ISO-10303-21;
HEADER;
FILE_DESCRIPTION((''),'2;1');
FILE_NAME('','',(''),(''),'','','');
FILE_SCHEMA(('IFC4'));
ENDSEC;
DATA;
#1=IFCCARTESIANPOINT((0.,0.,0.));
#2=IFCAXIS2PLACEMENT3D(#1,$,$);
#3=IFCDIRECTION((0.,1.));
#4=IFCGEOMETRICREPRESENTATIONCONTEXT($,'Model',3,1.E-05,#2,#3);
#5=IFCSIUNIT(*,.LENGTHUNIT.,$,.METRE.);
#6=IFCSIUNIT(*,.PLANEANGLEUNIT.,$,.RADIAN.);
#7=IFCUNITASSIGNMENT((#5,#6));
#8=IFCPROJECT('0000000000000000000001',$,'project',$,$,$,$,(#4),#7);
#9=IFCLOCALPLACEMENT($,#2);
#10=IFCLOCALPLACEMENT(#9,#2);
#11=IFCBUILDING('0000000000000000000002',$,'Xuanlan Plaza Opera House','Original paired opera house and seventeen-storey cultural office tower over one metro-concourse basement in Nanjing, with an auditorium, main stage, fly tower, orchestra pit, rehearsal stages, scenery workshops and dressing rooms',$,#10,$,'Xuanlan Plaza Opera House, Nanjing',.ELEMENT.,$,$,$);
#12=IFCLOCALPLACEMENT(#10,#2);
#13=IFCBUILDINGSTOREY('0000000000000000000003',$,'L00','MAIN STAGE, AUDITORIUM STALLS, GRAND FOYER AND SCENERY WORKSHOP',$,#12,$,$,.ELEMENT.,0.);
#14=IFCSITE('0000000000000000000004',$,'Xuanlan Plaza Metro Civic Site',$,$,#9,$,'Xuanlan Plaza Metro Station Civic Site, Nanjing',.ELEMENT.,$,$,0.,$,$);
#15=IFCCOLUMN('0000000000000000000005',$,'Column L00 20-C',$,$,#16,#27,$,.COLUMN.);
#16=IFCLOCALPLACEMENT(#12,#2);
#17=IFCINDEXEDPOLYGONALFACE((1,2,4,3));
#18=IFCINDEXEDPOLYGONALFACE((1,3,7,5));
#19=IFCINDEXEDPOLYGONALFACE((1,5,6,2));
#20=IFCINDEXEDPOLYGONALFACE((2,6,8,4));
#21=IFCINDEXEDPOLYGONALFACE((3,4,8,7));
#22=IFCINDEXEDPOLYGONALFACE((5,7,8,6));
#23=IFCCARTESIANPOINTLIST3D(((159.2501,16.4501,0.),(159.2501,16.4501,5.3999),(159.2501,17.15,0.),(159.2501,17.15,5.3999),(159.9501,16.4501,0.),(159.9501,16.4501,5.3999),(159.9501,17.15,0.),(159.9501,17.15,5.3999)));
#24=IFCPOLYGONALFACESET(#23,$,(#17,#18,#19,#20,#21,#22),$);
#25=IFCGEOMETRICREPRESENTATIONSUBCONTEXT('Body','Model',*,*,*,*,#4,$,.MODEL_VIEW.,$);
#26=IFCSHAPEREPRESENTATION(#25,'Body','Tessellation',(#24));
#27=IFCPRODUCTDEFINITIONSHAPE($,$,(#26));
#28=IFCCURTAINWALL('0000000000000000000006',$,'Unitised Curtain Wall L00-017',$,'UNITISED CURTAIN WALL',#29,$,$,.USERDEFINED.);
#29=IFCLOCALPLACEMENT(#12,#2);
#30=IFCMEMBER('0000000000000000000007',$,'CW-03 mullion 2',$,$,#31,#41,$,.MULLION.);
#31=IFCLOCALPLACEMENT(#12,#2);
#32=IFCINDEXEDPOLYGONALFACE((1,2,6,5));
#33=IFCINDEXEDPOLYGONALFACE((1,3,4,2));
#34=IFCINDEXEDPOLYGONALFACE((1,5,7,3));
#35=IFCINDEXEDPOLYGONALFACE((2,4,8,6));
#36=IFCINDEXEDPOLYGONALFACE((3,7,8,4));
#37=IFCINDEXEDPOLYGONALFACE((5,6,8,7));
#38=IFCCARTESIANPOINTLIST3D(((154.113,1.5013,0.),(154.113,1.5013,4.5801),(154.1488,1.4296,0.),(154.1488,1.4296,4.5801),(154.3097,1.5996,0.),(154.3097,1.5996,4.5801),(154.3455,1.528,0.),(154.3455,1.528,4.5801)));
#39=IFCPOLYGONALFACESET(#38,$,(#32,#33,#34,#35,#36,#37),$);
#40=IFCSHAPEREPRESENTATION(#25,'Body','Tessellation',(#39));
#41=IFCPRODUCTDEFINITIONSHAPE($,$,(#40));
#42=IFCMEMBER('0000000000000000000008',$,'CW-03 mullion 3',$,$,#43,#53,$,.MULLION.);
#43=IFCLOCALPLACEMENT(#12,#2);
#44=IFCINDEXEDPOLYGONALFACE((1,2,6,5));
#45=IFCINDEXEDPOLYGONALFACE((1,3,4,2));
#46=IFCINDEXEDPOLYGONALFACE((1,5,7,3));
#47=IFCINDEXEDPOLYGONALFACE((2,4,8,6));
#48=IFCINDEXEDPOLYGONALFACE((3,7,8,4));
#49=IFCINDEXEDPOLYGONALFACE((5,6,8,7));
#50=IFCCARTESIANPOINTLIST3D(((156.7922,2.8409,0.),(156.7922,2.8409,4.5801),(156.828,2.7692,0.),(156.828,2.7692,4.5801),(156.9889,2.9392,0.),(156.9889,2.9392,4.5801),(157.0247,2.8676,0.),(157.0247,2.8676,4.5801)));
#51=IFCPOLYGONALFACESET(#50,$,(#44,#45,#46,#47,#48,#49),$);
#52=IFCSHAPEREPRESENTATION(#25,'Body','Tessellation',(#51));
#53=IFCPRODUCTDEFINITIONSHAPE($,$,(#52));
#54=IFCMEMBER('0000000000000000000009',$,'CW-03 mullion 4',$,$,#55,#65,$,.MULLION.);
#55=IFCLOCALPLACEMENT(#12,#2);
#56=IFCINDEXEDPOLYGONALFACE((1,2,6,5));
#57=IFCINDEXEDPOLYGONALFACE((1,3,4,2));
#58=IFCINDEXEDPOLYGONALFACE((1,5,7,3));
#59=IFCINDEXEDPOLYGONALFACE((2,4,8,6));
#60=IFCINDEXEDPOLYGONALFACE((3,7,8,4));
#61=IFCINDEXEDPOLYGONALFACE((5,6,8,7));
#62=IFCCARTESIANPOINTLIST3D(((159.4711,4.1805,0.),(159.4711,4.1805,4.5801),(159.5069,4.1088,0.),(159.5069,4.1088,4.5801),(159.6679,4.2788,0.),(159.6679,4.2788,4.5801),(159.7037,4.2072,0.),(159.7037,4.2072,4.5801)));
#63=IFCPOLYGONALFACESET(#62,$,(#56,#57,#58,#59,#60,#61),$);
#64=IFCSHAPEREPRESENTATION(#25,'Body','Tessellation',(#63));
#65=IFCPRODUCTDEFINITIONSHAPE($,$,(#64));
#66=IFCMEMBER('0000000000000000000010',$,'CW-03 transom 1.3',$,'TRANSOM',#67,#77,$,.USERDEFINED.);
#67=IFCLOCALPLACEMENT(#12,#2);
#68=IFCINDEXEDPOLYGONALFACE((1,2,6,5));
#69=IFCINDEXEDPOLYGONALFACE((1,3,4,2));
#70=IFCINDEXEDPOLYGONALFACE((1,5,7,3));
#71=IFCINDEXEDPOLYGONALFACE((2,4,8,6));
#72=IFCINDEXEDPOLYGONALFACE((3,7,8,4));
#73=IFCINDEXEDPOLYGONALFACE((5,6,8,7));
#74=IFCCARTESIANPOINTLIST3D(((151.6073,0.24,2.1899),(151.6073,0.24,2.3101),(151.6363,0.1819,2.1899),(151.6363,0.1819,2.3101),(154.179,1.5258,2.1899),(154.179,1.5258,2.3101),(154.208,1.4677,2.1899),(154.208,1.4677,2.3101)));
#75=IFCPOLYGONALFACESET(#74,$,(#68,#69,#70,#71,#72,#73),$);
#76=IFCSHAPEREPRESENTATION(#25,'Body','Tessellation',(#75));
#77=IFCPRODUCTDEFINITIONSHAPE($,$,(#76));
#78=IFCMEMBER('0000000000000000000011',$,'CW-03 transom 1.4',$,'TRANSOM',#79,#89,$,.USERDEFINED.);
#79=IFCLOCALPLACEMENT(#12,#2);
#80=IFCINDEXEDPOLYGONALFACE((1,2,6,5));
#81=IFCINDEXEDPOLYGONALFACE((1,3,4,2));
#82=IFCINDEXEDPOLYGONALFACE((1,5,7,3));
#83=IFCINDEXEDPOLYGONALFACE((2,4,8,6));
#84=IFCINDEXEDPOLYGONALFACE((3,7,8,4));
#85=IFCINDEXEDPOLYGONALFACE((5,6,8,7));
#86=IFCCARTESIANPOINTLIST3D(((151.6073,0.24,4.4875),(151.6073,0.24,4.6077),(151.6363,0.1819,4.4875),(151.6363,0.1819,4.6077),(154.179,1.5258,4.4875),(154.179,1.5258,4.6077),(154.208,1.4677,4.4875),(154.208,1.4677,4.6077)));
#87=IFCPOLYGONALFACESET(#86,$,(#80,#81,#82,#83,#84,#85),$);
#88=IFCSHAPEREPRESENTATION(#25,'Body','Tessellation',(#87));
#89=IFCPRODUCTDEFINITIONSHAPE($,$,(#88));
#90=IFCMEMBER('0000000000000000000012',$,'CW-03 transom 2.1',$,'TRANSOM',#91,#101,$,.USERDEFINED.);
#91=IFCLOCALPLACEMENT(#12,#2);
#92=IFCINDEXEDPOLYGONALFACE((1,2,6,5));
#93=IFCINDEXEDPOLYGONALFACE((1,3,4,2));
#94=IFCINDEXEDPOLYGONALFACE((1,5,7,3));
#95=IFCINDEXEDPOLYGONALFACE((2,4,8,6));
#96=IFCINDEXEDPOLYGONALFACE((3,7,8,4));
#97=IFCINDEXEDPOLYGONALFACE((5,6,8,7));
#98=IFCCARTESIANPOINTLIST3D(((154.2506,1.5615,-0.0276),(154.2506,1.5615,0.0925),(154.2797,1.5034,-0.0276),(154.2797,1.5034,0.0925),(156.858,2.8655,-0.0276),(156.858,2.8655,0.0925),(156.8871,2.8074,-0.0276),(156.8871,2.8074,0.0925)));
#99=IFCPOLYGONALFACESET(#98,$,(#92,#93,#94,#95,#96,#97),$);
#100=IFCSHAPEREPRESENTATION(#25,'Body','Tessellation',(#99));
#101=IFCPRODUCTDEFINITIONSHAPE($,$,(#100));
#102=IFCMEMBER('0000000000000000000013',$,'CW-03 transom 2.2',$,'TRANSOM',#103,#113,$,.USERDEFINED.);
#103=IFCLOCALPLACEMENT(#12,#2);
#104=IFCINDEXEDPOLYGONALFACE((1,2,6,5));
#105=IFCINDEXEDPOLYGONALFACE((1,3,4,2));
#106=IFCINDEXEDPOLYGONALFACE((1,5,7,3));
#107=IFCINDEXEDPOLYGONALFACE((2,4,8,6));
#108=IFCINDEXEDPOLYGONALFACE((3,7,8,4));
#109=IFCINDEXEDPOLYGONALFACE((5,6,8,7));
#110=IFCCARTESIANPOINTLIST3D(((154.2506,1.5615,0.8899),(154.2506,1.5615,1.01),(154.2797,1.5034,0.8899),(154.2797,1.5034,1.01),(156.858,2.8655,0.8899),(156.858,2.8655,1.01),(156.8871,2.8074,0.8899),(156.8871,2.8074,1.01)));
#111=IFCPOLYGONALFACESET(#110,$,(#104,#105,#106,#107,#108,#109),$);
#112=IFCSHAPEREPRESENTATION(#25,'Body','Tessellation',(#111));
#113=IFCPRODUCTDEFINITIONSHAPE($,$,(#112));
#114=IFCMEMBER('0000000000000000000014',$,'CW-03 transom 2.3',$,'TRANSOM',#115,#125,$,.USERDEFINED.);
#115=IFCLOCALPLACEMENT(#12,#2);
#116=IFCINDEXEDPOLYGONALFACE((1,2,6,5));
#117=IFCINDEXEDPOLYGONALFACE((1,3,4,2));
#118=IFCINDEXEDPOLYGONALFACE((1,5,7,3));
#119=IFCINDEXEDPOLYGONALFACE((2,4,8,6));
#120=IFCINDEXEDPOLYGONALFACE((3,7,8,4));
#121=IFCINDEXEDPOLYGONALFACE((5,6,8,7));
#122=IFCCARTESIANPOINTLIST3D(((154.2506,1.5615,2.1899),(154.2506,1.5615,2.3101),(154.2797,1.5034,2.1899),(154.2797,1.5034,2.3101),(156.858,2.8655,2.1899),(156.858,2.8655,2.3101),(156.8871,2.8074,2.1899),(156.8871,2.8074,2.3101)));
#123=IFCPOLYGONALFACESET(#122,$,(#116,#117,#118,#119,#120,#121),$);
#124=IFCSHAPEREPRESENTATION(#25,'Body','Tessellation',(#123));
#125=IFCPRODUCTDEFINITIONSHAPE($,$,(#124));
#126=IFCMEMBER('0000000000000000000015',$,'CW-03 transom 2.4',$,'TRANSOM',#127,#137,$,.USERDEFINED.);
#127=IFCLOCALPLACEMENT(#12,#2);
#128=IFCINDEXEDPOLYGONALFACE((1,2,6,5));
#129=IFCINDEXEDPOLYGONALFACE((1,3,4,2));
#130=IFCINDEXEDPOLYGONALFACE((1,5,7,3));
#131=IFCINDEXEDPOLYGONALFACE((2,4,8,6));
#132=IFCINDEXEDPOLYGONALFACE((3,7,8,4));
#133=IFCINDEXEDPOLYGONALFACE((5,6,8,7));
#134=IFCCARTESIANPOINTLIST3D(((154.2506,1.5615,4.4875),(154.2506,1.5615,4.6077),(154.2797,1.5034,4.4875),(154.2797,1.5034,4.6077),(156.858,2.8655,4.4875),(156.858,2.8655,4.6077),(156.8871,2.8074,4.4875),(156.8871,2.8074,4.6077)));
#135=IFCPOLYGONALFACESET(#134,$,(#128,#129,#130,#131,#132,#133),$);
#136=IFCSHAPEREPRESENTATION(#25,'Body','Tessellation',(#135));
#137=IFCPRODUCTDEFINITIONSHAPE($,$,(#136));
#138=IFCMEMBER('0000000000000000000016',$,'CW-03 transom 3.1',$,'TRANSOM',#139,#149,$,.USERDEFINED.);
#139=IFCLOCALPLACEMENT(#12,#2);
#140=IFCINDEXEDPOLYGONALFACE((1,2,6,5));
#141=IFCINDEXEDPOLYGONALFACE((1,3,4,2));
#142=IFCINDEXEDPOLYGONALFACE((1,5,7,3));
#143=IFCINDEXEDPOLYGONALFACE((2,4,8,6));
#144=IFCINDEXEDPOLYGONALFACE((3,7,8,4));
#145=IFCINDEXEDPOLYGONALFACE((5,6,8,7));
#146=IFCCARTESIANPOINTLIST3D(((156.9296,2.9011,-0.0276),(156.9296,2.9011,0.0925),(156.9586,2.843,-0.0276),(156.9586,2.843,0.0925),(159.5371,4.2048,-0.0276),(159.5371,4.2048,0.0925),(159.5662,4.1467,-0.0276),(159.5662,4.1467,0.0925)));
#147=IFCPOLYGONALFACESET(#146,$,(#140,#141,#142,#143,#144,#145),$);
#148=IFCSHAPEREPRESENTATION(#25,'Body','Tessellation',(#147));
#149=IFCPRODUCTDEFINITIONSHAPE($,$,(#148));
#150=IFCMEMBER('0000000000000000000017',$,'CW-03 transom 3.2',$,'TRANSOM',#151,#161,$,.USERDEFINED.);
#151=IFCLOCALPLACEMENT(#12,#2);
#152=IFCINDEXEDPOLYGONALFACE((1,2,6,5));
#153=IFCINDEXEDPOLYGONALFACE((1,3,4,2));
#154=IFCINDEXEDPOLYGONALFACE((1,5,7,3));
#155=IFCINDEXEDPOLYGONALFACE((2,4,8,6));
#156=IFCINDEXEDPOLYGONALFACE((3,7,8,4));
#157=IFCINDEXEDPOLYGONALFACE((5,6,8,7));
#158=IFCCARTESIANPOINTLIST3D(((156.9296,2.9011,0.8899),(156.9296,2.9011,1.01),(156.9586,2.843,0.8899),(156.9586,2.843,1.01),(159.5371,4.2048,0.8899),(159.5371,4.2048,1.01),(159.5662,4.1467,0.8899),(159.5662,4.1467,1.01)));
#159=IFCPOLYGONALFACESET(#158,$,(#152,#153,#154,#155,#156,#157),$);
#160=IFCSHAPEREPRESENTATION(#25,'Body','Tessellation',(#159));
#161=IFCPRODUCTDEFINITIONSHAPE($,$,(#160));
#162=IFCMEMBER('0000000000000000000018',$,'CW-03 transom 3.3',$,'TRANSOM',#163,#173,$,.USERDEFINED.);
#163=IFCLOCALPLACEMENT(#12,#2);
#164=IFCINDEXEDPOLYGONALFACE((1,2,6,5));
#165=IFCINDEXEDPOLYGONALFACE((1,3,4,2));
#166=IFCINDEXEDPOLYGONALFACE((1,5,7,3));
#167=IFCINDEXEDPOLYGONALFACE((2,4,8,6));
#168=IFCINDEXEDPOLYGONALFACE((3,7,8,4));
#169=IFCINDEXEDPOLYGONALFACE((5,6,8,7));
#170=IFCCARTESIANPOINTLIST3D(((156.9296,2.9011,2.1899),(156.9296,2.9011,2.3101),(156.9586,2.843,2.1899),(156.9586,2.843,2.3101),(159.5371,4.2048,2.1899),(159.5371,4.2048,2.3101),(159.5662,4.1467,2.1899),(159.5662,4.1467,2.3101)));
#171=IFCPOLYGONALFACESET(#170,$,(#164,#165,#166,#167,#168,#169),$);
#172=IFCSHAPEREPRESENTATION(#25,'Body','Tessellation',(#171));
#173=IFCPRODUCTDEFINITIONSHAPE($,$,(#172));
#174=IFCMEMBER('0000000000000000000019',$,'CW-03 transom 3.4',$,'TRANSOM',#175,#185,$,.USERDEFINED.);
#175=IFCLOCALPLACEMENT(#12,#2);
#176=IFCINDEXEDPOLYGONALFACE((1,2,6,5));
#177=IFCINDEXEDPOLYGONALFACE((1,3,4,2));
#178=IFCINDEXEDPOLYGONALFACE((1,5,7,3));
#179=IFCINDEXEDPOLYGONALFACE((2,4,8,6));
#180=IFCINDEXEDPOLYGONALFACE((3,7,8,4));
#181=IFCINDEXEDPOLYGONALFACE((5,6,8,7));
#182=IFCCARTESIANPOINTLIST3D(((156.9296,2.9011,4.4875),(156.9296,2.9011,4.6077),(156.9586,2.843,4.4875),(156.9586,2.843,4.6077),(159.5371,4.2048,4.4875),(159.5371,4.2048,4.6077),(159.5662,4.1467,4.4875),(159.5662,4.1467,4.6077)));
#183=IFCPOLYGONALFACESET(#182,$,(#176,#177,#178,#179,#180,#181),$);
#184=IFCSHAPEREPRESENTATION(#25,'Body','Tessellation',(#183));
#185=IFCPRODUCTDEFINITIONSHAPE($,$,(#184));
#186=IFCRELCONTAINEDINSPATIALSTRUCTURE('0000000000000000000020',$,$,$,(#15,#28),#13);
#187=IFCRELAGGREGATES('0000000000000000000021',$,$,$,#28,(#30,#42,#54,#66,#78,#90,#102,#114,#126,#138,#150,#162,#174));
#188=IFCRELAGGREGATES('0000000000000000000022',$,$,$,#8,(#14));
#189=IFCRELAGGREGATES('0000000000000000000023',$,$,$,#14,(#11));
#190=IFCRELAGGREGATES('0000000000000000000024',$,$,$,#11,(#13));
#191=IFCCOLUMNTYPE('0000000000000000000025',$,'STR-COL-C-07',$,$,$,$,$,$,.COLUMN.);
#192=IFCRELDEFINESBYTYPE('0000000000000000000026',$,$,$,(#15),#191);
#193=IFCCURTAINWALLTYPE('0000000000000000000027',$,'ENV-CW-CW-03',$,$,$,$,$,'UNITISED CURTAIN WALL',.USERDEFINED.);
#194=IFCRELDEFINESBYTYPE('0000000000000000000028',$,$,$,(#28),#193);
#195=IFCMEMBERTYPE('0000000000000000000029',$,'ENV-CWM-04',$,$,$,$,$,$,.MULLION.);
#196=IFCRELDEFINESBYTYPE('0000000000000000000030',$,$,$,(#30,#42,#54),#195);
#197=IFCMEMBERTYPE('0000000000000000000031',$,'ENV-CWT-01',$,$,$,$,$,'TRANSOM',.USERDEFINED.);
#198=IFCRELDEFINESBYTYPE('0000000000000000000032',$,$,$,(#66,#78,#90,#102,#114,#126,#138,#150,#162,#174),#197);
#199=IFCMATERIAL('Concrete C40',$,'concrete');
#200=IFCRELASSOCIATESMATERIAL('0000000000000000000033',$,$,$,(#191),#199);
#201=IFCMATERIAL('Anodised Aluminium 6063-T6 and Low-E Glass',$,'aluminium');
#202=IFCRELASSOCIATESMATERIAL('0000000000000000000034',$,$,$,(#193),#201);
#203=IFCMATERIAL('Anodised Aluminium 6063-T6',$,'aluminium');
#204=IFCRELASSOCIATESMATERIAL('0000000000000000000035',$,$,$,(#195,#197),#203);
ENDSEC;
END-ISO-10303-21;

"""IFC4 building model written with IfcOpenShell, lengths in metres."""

from ifc_helpers import new_model, si_unit, direction, frame, origin, origin_2d, place, context, subcontext, project, spatial, rectangle, extrude, material, material_profile, profile_set, type_object, element, aggregate, save


model = new_model("IFC4")

# Units and contexts
model_context = context("Model", 3, precision=1e-05, world=origin(), true_north=direction((0.0, 1.0)))
body_context = subcontext(model_context, "Body", "Model", "MODEL_VIEW")
ifc_project = project(units=[si_unit("LENGTHUNIT", "METRE"), si_unit("PLANEANGLEUNIT", "RADIAN")], contexts=[model_context])

# Site, building, storey
site_placement = place(None, origin())
site = spatial("IfcSite", under=ifc_project, at=site_placement, Name="Xuanlan Plaza Metro Civic Site", LongName="Xuanlan Plaza Metro Station Civic Site, Nanjing", CompositionType="ELEMENT", RefElevation=0.0)
building_placement = place(site_placement, origin())
building = spatial("IfcBuilding", under=site, at=building_placement, Name="Xuanlan Plaza Opera House", Description="Original paired opera house and seventeen-storey cultural office tower over one metro-concourse basement in Nanjing, with an auditorium, main stage, fly tower, orchestra pit, rehearsal stages, scenery workshops and dressing rooms", LongName="Xuanlan Plaza Opera House, Nanjing", CompositionType="ELEMENT")
storey_placement = place(building_placement, origin())
storey = spatial("IfcBuildingStorey", under=building, at=storey_placement, Name="L00", Description="MAIN STAGE, AUDITORIUM STALLS, GRAND FOYER AND SCENERY WORKSHOP", CompositionType="ELEMENT", Elevation=0.0)

# Column
ifc_material_1 = material(Name="Concrete C40", Category="concrete")
ifc_material_profile_1 = material_profile(ifc_material_1, rectangle(XDim=0.7, YDim=0.7, at=origin_2d()), Name="RC-COL 700x700")
ifc_profile_set_1 = profile_set([ifc_material_profile_1], Name="Concrete C40")
column_type = type_object("IfcColumnType", Name="STR-COL-C-07", PredefinedType="COLUMN", material=ifc_profile_set_1)
column_placement = place(storey_placement, frame((159.6001, 16.8, 0.0), z_axis=(0.0, 0.0, 1.0), x_axis=(1.0, 0.0, 0.0)))
element("IfcColumn", 1, at=column_placement, inside=storey, type_object=column_type, Name="Column L00 20-C", PredefinedType="COLUMN", context=body_context, shape_type="SweptSolid", body=[
    extrude(rectangle(XDim=0.7, YDim=0.7, at=origin_2d()), origin(), (0.0, 0.0, 1.0), 5.3999),
])

# Curtain wall, members
ifc_material_2 = material(Name="Anodised Aluminium 6063-T6 and Low-E Glass", Category="aluminium")
curtain_wall_type = type_object("IfcCurtainWallType", Name="ENV-CW-CW-03", ElementType="UNITISED CURTAIN WALL", PredefinedType="USERDEFINED", material=ifc_material_2)
curtain_wall_placement = place(storey_placement, origin())
curtain_wall = element("IfcCurtainWall", 2, at=curtain_wall_placement, inside=storey, type_object=curtain_wall_type, Name="Unitised Curtain Wall L00-017", ObjectType="UNITISED CURTAIN WALL", PredefinedType="USERDEFINED")
ifc_material_3 = material(Name="Anodised Aluminium 6063-T6", Category="aluminium")
ifc_material_profile_2 = material_profile(ifc_material_3, rectangle(XDim=0.0801, YDim=0.22, at=origin_2d()), Name="ALU-M 80x220")
ifc_profile_set_2 = profile_set([ifc_material_profile_2], Name="Anodised Aluminium 6063-T6")
member_type_1 = type_object("IfcMemberType", Name="ENV-CWM-04", PredefinedType="MULLION", material=ifc_profile_set_2)
member_1_placement = place(storey_placement, frame((154.2292, 1.5146, 0.0), z_axis=(0.0, 0.0, 1.0), x_axis=(-0.447214, 0.894427, 0.0)))
member_1 = element("IfcMember", 3, at=member_1_placement, type_object=member_type_1, Name="CW-03 mullion 2", PredefinedType="MULLION", context=body_context, shape_type="SweptSolid", body=[
    extrude(rectangle(XDim=0.0801, YDim=0.22, at=origin_2d()), origin(), (0.0, 0.0, 1.0), 4.5801),
])
member_2_placement = place(storey_placement, frame((156.9084, 2.8542, 0.0), z_axis=(0.0, 0.0, 1.0), x_axis=(-0.447214, 0.894427, 0.0)))
member_2 = element("IfcMember", 4, at=member_2_placement, type_object=member_type_1, Name="CW-03 mullion 3", PredefinedType="MULLION", context=body_context, shape_type="SweptSolid", body=[
    extrude(rectangle(XDim=0.0801, YDim=0.22, at=origin_2d()), origin(), (0.0, 0.0, 1.0), 4.5801),
])
member_3_placement = place(storey_placement, frame((159.5874, 4.1938, 0.0), z_axis=(0.0, 0.0, 1.0), x_axis=(-0.447214, 0.894427, 0.0)))
member_3 = element("IfcMember", 5, at=member_3_placement, type_object=member_type_1, Name="CW-03 mullion 4", PredefinedType="MULLION", context=body_context, shape_type="SweptSolid", body=[
    extrude(rectangle(XDim=0.0801, YDim=0.22, at=origin_2d()), origin(), (0.0, 0.0, 1.0), 4.5801),
])
ifc_material_profile_3 = material_profile(ifc_material_3, rectangle(XDim=0.0649, YDim=0.1201, at=origin_2d()), Name="ALU-T 65x120")
ifc_profile_set_3 = profile_set([ifc_material_profile_3], Name="Anodised Aluminium 6063-T6")
member_type_2 = type_object("IfcMemberType", Name="ENV-CWT-01", ElementType="TRANSOM", PredefinedType="USERDEFINED", material=ifc_profile_set_3)
member_4_placement = place(storey_placement, frame((151.6218, 0.2109, 2.25), z_axis=(0.894427, 0.447214, 0.0), x_axis=(-0.447214, 0.894427, 0.0)))
member_4 = element("IfcMember", 6, at=member_4_placement, type_object=member_type_2, Name="CW-03 transom 1.3", ObjectType="TRANSOM", PredefinedType="USERDEFINED", context=body_context, shape_type="SweptSolid", body=[
    extrude(rectangle(XDim=0.0649, YDim=0.1201, at=origin_2d()), origin(), (0.0, 0.0, 1.0), 2.8752),
])
member_5_placement = place(storey_placement, frame((151.6218, 0.2109, 4.5476), z_axis=(0.894427, 0.447214, 0.0), x_axis=(-0.447214, 0.894427, 0.0)))
member_5 = element("IfcMember", 7, at=member_5_placement, type_object=member_type_2, Name="CW-03 transom 1.4", ObjectType="TRANSOM", PredefinedType="USERDEFINED", context=body_context, shape_type="SweptSolid", body=[
    extrude(rectangle(XDim=0.0649, YDim=0.1201, at=origin_2d()), origin(), (0.0, 0.0, 1.0), 2.8752),
])
member_6_placement = place(storey_placement, frame((154.2651, 1.5325, 0.0325), z_axis=(0.894394, 0.447281, 0.0), x_axis=(-0.447281, 0.894394, 0.0)))
member_6 = element("IfcMember", 8, at=member_6_placement, type_object=member_type_2, Name="CW-03 transom 2.1", ObjectType="TRANSOM", PredefinedType="USERDEFINED", context=body_context, shape_type="SweptSolid", body=[
    extrude(rectangle(XDim=0.0649, YDim=0.1201, at=origin_2d()), origin(), (0.0, 0.0, 1.0), 2.9153),
])
member_7_placement = place(storey_placement, frame((154.2651, 1.5325, 0.95), z_axis=(0.894394, 0.447281, 0.0), x_axis=(-0.447281, 0.894394, 0.0)))
member_7 = element("IfcMember", 9, at=member_7_placement, type_object=member_type_2, Name="CW-03 transom 2.2", ObjectType="TRANSOM", PredefinedType="USERDEFINED", context=body_context, shape_type="SweptSolid", body=[
    extrude(rectangle(XDim=0.0649, YDim=0.1201, at=origin_2d()), origin(), (0.0, 0.0, 1.0), 2.9153),
])
member_8_placement = place(storey_placement, frame((154.2651, 1.5325, 2.25), z_axis=(0.894394, 0.447281, 0.0), x_axis=(-0.447281, 0.894394, 0.0)))
member_8 = element("IfcMember", 10, at=member_8_placement, type_object=member_type_2, Name="CW-03 transom 2.3", ObjectType="TRANSOM", PredefinedType="USERDEFINED", context=body_context, shape_type="SweptSolid", body=[
    extrude(rectangle(XDim=0.0649, YDim=0.1201, at=origin_2d()), origin(), (0.0, 0.0, 1.0), 2.9153),
])
member_9_placement = place(storey_placement, frame((154.2651, 1.5325, 4.5476), z_axis=(0.894394, 0.447281, 0.0), x_axis=(-0.447281, 0.894394, 0.0)))
member_9 = element("IfcMember", 11, at=member_9_placement, type_object=member_type_2, Name="CW-03 transom 2.4", ObjectType="TRANSOM", PredefinedType="USERDEFINED", context=body_context, shape_type="SweptSolid", body=[
    extrude(rectangle(XDim=0.0649, YDim=0.1201, at=origin_2d()), origin(), (0.0, 0.0, 1.0), 2.9153),
])
member_10_placement = place(storey_placement, frame((156.9441, 2.8721, 0.0325), z_axis=(0.894444, 0.44718, 0.0), x_axis=(-0.44718, 0.894444, 0.0)))
member_10 = element("IfcMember", 12, at=member_10_placement, type_object=member_type_2, Name="CW-03 transom 3.1", ObjectType="TRANSOM", PredefinedType="USERDEFINED", context=body_context, shape_type="SweptSolid", body=[
    extrude(rectangle(XDim=0.0649, YDim=0.1201, at=origin_2d()), origin(), (0.0, 0.0, 1.0), 2.9153),
])
member_11_placement = place(storey_placement, frame((156.9441, 2.8721, 0.95), z_axis=(0.894444, 0.44718, 0.0), x_axis=(-0.44718, 0.894444, 0.0)))
member_11 = element("IfcMember", 13, at=member_11_placement, type_object=member_type_2, Name="CW-03 transom 3.2", ObjectType="TRANSOM", PredefinedType="USERDEFINED", context=body_context, shape_type="SweptSolid", body=[
    extrude(rectangle(XDim=0.0649, YDim=0.1201, at=origin_2d()), origin(), (0.0, 0.0, 1.0), 2.9153),
])
member_12_placement = place(storey_placement, frame((156.9441, 2.8721, 2.25), z_axis=(0.894444, 0.44718, 0.0), x_axis=(-0.44718, 0.894444, 0.0)))
member_12 = element("IfcMember", 14, at=member_12_placement, type_object=member_type_2, Name="CW-03 transom 3.3", ObjectType="TRANSOM", PredefinedType="USERDEFINED", context=body_context, shape_type="SweptSolid", body=[
    extrude(rectangle(XDim=0.0649, YDim=0.1201, at=origin_2d()), origin(), (0.0, 0.0, 1.0), 2.9153),
])
member_13_placement = place(storey_placement, frame((156.9441, 2.8721, 4.5476), z_axis=(0.894444, 0.44718, 0.0), x_axis=(-0.44718, 0.894444, 0.0)))
member_13 = element("IfcMember", 15, at=member_13_placement, type_object=member_type_2, Name="CW-03 transom 3.4", ObjectType="TRANSOM", PredefinedType="USERDEFINED", context=body_context, shape_type="SweptSolid", body=[
    extrude(rectangle(XDim=0.0649, YDim=0.1201, at=origin_2d()), origin(), (0.0, 0.0, 1.0), 2.9153),
])

aggregate(curtain_wall, [member_1, member_2, member_3, member_4, member_5, member_6, member_7, member_8, member_9, member_10, member_11, member_12, member_13])

save(model, "model.ifc")
